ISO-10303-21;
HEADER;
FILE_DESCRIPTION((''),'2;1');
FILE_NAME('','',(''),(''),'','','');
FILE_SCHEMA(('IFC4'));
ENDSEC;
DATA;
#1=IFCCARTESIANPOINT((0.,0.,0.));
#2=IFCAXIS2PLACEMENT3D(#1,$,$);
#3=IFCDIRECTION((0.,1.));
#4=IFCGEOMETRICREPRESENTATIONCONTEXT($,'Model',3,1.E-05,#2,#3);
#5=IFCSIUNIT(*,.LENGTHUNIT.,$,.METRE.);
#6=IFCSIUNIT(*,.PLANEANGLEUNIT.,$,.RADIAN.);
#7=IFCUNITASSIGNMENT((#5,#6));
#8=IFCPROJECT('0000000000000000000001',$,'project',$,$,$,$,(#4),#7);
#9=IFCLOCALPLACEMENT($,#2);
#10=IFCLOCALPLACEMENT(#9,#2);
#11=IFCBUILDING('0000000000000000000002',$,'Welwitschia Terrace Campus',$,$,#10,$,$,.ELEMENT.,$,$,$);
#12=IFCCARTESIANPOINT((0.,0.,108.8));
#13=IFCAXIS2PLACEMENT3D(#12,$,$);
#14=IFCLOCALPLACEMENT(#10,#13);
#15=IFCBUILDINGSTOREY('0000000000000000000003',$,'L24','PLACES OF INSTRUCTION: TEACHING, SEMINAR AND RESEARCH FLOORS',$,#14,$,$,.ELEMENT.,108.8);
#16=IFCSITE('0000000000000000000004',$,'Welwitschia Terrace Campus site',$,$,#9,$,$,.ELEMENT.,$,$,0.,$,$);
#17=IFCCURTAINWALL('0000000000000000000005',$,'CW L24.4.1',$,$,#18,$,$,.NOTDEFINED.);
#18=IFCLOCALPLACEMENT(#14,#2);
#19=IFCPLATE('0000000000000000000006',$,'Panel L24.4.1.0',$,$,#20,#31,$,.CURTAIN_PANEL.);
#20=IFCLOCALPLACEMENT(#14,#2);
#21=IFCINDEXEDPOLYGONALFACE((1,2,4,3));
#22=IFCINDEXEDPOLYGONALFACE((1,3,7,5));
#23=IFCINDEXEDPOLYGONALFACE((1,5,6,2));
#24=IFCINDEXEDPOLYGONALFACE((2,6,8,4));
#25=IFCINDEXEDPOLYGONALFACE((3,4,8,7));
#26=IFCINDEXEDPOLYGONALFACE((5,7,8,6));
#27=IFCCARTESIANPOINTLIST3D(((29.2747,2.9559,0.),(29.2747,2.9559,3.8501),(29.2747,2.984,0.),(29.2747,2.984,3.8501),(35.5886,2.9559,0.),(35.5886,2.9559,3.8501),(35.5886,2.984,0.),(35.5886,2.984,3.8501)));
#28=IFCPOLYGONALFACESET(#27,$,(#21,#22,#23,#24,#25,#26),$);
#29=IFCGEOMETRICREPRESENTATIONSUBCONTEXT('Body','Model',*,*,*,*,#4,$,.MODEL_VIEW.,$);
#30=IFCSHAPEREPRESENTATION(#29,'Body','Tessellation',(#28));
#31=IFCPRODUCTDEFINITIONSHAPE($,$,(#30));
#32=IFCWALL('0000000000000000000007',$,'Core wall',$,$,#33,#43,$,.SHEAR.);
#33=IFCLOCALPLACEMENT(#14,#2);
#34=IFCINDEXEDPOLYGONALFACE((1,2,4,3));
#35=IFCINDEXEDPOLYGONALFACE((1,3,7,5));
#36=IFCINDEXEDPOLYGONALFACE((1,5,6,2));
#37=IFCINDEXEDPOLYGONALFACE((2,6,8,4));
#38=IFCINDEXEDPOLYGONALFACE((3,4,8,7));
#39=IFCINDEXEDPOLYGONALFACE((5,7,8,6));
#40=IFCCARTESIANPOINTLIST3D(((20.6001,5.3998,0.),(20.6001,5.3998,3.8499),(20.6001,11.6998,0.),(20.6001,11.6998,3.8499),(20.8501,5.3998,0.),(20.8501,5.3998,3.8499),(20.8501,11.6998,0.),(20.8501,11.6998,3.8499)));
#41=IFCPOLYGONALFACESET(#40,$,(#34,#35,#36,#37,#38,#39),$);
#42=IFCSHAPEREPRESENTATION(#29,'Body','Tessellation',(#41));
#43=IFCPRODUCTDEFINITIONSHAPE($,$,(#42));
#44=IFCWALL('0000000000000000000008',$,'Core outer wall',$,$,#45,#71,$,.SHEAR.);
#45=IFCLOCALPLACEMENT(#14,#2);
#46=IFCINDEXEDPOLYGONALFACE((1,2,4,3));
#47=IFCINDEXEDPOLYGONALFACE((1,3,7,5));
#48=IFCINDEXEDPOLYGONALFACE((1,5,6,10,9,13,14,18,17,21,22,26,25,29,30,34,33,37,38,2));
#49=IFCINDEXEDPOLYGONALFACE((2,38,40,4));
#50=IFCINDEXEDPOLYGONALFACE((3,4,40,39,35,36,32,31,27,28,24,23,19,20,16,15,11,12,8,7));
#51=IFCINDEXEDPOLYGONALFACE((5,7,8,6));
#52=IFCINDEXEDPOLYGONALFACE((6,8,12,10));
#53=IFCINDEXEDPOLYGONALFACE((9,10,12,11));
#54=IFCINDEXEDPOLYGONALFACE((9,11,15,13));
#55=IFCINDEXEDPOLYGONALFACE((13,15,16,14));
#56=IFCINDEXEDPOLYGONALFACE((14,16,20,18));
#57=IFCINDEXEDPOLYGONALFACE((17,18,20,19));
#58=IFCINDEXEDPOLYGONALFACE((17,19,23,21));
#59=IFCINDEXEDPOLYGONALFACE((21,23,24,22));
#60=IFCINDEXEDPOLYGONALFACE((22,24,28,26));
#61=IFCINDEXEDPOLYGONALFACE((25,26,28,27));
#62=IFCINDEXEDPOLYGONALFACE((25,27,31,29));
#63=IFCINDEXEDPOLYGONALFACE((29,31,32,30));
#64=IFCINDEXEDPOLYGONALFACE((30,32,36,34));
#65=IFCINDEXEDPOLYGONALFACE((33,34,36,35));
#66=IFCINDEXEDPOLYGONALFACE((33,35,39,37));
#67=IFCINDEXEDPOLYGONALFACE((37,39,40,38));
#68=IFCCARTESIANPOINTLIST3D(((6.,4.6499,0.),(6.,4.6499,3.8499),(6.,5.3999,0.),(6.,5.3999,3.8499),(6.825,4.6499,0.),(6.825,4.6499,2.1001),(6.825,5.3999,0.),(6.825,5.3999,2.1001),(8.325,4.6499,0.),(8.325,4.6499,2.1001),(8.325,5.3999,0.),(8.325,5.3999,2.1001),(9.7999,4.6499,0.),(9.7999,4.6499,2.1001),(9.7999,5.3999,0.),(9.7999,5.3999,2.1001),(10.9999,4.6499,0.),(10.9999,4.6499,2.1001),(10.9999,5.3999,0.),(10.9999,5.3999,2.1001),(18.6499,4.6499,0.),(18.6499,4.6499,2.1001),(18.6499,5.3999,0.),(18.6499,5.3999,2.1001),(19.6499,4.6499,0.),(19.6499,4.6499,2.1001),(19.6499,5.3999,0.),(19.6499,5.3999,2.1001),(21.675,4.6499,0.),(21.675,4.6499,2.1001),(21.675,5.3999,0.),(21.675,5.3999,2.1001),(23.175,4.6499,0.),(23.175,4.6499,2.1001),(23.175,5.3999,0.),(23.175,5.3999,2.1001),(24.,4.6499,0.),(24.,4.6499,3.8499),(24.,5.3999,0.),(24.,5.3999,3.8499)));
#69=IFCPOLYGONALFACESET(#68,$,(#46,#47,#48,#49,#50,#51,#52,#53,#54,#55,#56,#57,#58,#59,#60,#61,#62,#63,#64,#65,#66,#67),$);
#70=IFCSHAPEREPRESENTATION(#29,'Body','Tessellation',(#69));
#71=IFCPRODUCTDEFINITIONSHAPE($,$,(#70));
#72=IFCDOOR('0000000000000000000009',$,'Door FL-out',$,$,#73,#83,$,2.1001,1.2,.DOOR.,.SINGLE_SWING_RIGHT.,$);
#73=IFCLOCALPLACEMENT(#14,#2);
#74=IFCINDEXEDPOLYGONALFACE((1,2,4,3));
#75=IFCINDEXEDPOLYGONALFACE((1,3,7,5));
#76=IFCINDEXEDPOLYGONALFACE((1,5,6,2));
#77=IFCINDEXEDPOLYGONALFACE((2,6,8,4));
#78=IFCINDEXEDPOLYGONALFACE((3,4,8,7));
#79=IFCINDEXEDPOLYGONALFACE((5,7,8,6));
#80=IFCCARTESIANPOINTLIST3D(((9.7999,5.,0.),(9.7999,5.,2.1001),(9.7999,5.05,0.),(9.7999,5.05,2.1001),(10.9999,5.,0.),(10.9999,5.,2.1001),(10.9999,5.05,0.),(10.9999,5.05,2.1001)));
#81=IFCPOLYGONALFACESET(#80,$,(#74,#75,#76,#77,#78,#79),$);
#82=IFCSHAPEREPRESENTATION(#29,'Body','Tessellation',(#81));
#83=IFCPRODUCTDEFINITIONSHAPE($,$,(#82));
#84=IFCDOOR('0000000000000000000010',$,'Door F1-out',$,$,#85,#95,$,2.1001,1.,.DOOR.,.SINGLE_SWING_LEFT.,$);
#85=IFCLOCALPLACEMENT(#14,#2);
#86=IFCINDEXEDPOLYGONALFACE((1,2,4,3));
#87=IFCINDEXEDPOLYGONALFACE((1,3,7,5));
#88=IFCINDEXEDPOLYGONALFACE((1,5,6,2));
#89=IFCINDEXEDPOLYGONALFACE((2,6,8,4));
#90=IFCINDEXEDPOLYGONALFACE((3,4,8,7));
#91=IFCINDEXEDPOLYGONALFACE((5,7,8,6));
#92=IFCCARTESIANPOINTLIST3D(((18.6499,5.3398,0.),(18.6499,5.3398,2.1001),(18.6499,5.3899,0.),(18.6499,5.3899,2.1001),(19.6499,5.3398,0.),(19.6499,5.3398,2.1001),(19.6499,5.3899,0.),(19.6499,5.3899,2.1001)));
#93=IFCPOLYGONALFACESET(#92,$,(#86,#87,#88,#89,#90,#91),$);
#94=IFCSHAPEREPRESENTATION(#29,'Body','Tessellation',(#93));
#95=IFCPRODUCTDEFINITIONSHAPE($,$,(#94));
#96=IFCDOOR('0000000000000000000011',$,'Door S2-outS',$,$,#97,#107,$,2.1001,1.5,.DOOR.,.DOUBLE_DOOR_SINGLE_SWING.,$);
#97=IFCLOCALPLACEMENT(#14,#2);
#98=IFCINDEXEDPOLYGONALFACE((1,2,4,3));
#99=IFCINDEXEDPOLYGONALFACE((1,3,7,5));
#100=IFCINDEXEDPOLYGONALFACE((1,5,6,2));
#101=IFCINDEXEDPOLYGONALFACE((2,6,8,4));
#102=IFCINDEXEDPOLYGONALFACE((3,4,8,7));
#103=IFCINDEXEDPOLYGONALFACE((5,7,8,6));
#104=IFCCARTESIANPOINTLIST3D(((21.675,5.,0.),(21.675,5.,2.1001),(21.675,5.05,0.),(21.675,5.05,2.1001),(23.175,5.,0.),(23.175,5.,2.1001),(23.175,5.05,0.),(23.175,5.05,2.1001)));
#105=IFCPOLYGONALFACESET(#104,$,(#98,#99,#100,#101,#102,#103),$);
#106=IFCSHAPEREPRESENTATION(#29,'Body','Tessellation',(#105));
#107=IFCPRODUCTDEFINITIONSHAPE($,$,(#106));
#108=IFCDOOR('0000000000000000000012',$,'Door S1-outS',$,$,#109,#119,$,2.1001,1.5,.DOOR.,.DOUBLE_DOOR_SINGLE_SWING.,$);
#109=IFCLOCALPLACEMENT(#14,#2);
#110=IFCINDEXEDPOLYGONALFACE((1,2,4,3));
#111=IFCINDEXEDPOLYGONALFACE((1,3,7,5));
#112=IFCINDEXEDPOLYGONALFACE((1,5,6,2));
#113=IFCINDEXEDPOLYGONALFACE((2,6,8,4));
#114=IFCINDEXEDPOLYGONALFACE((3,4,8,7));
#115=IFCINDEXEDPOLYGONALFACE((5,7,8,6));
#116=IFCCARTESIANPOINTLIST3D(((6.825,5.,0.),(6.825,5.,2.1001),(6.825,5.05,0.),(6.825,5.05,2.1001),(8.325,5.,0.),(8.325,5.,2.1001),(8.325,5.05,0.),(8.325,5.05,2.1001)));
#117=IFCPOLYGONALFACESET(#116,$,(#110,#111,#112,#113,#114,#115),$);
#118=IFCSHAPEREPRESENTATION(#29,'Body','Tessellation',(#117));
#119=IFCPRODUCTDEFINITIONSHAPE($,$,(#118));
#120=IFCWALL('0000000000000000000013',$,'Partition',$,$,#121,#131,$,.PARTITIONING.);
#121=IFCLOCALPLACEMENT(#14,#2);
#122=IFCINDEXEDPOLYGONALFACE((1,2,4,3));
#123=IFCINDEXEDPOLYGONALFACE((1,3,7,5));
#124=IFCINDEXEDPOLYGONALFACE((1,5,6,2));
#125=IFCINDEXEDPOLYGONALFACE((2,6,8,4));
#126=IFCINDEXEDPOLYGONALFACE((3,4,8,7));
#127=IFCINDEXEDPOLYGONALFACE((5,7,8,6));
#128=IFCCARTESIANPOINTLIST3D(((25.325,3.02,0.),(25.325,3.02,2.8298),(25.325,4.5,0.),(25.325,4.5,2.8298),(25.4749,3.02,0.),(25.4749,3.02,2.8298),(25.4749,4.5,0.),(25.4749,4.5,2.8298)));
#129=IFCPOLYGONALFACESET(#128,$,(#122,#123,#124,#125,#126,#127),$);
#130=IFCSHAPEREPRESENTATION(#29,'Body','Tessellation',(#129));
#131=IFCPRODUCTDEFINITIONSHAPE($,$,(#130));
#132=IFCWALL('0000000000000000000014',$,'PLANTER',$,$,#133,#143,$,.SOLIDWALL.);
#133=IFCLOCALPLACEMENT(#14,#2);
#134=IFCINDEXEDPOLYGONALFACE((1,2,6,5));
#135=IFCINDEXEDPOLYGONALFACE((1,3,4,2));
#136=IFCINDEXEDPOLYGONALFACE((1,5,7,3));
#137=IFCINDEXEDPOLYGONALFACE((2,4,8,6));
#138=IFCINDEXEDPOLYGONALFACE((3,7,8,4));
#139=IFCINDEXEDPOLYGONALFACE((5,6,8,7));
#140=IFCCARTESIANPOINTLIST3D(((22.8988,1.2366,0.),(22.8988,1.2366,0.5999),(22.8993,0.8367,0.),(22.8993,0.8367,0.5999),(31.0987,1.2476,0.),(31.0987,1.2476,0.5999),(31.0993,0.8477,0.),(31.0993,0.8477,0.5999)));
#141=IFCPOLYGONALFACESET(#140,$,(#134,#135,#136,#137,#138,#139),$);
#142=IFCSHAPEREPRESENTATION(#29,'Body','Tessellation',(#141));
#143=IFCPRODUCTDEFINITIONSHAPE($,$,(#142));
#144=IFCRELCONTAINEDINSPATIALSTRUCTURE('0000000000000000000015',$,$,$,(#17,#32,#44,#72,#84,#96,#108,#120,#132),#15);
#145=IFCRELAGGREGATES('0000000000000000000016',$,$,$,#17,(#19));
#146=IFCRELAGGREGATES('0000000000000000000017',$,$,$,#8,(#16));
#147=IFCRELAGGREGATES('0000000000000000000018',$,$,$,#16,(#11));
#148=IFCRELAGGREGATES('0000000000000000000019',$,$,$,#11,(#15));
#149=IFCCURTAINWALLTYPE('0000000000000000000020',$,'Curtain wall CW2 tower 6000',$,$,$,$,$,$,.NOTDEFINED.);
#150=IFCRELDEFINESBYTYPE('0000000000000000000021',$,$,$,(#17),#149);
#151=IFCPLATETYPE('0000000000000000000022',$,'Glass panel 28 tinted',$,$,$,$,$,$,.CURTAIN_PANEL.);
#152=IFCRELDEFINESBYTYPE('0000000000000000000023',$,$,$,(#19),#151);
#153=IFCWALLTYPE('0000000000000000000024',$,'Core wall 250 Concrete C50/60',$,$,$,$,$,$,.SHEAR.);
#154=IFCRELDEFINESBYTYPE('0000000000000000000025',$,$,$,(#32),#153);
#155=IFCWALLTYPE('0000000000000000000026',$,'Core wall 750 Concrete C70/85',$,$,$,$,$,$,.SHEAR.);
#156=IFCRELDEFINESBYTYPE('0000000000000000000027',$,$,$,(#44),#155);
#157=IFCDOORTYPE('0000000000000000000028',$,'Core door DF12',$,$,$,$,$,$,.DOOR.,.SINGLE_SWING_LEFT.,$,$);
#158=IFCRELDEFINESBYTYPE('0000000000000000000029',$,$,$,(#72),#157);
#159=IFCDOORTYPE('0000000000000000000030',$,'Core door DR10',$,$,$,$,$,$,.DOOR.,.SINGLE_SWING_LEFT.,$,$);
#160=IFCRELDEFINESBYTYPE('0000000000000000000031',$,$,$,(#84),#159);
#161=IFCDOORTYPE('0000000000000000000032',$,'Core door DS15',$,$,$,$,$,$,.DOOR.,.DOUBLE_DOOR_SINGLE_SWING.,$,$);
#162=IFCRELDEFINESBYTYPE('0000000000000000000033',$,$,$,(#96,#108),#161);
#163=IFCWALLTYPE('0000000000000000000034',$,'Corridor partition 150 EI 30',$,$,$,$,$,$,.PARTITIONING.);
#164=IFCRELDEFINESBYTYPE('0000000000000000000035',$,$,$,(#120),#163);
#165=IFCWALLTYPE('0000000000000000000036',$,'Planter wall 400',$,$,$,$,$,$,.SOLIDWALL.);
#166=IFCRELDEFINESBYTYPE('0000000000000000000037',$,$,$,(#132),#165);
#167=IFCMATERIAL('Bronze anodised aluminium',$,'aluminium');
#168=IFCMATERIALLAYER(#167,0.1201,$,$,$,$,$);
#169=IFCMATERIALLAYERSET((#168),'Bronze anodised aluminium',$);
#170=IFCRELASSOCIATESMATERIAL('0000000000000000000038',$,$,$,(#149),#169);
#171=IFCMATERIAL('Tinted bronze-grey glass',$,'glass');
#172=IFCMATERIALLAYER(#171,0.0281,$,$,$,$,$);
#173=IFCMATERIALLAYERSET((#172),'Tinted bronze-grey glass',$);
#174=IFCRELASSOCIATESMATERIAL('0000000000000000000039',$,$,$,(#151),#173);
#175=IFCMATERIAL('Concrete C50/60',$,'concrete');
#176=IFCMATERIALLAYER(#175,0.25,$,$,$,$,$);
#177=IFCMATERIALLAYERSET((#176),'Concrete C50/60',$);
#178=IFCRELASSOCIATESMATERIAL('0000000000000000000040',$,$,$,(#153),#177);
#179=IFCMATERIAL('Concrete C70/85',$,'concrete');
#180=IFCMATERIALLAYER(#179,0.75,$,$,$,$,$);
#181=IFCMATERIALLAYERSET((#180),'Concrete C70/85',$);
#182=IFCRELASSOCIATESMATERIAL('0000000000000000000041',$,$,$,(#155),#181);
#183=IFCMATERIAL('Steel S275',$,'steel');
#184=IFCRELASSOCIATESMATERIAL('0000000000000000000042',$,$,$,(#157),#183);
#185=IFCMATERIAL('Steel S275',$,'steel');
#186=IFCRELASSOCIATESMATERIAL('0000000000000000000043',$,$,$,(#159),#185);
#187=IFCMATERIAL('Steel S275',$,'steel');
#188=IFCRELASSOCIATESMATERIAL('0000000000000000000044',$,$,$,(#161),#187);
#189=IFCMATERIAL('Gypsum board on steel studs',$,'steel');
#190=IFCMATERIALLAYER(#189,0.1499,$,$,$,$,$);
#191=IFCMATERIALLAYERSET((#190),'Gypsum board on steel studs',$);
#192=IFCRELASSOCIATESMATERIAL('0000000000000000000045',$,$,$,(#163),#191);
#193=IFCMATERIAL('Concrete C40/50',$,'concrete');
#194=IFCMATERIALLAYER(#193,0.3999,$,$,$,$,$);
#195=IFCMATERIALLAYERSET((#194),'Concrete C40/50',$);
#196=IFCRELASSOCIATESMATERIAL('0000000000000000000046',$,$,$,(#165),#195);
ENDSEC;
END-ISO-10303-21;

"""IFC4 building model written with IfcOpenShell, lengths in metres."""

from ifc_helpers import new_model, si_unit, direction, frame, frame_2d, origin, origin_2d, place, context, subcontext, project, spatial, rectangle, extrude, material, layer, layer_set, type_object, element, fill, aggregate, save


model = new_model("IFC4")

# Units and contexts
model_context = context("Model", 3, precision=1e-05, world=origin(), true_north=direction((0.0, 1.0)))
body_context = subcontext(model_context, "Body", "Model", "MODEL_VIEW")
ifc_project = project(units=[si_unit("LENGTHUNIT", "METRE"), si_unit("PLANEANGLEUNIT", "RADIAN")], contexts=[model_context])

# Site, building, storey
site_placement = place(None, origin())
site = spatial("IfcSite", under=ifc_project, at=site_placement, Name="Welwitschia Terrace Campus site", CompositionType="ELEMENT", RefElevation=0.0)
building_placement = place(site_placement, origin())
building = spatial("IfcBuilding", under=site, at=building_placement, Name="Welwitschia Terrace Campus", CompositionType="ELEMENT")
storey_placement = place(building_placement, frame((0.0, 0.0, 108.8)))
storey = spatial("IfcBuildingStorey", under=building, at=storey_placement, Name="L24", Description="PLACES OF INSTRUCTION: TEACHING, SEMINAR AND RESEARCH FLOORS", CompositionType="ELEMENT", Elevation=108.8)

# Shared definitions
ifc_material_1 = material(Name="Bronze anodised aluminium", Category="aluminium")
ifc_layer_1 = layer(ifc_material_1, 0.1201)
ifc_layer_set_1 = layer_set([ifc_layer_1], Name="Bronze anodised aluminium")
curtain_wall_type = type_object("IfcCurtainWallType", Name="Curtain wall CW2 tower 6000", PredefinedType="NOTDEFINED", material=ifc_layer_set_1)

# Curtain wall
curtain_wall_1_placement = place(storey_placement, origin())
curtain_wall_1 = element("IfcCurtainWall", 1, at=curtain_wall_1_placement, inside=storey, type_object=curtain_wall_type, Name="CW L24.4.1", PredefinedType="NOTDEFINED")

# Plate
ifc_material_2 = material(Name="Tinted bronze-grey glass", Category="glass")
ifc_layer_2 = layer(ifc_material_2, 0.0281)
ifc_layer_set_2 = layer_set([ifc_layer_2], Name="Tinted bronze-grey glass")
plate_type = type_object("IfcPlateType", Name="Glass panel 28 tinted", PredefinedType="CURTAIN_PANEL", material=ifc_layer_set_2)
plate_1_placement = place(storey_placement, frame((32.4316, 2.97, 0.0), z_axis=(0.0, 0.0, 1.0), x_axis=(1.0, 0.0, 0.0)))
plate_1 = element("IfcPlate", 2, at=plate_1_placement, type_object=plate_type, Name="Panel L24.4.1.0", PredefinedType="CURTAIN_PANEL", context=body_context, shape_type="SweptSolid", body=[
    extrude(rectangle(XDim=6.314, YDim=0.0281, at=origin_2d()), origin(), (0.0, 0.0, 1.0), 3.8501),
])
aggregate(curtain_wall_1, [plate_1])

# Wall
ifc_material_3 = material(Name="Concrete C50/60", Category="concrete")
ifc_layer_3 = layer(ifc_material_3, 0.25)
ifc_layer_set_3 = layer_set([ifc_layer_3], Name="Concrete C50/60")
wall_type_1 = type_object("IfcWallType", Name="Core wall 250 Concrete C50/60", PredefinedType="SHEAR", material=ifc_layer_set_3)
wall_1_placement = place(storey_placement, frame((20.7251, 5.3999, 0.0), z_axis=(0.0, 0.0, 1.0), x_axis=(0.0, 1.0, 0.0)))
element("IfcWall", 3, at=wall_1_placement, inside=storey, type_object=wall_type_1, Name="Core wall", PredefinedType="SHEAR", context=body_context, shape_type="SweptSolid", body=[
    extrude(rectangle(XDim=6.3, YDim=0.25, at=frame_2d((3.1499, 0.0))), origin(), (0.0, 0.0, 1.0), 3.8499),
])

# Wall, openings, doors
ifc_material_4 = material(Name="Concrete C70/85", Category="concrete")
ifc_layer_4 = layer(ifc_material_4, 0.75)
ifc_layer_set_4 = layer_set([ifc_layer_4], Name="Concrete C70/85")
wall_type_2 = type_object("IfcWallType", Name="Core wall 750 Concrete C70/85", PredefinedType="SHEAR", material=ifc_layer_set_4)
wall_2_placement = place(storey_placement, frame((24.0, 5.0249, 0.0), z_axis=(0.0, 0.0, 1.0), x_axis=(-1.0, 0.0, 0.0)))
wall_2 = element("IfcWall", 4, at=wall_2_placement, inside=storey, type_object=wall_type_2, Name="Core outer wall", PredefinedType="SHEAR", context=body_context, shape_type="SweptSolid", body=[
    extrude(rectangle(XDim=18.0, YDim=0.75, at=frame_2d((9.0, 0.0))), origin(), (0.0, 0.0, 1.0), 3.8499),
])
opening_1_placement = place(wall_2_placement, frame((0.825, 0.0, 0.0)))
opening_1 = element("IfcOpeningElement", 5, at=opening_1_placement, cuts=wall_2, PredefinedType="OPENING", context=body_context, shape_type="SweptSolid", body=[
    extrude(rectangle(XDim=1.5, YDim=2.1001, at=frame_2d((0.75, 1.05))), frame((0.0, 0.385, 0.0), z_axis=(0.0, -1.0, 0.0), x_axis=(1.0, 0.0, 0.0)), (0.0, 0.0, 1.0), 0.77),
])
opening_2_placement = place(wall_2_placement, frame((15.675, 0.0, 0.0)))
opening_2 = element("IfcOpeningElement", 6, at=opening_2_placement, cuts=wall_2, PredefinedType="OPENING", context=body_context, shape_type="SweptSolid", body=[
    extrude(rectangle(XDim=1.5, YDim=2.1001, at=frame_2d((0.75, 1.05))), frame((0.0, 0.385, 0.0), z_axis=(0.0, -1.0, 0.0), x_axis=(1.0, 0.0, 0.0)), (0.0, 0.0, 1.0), 0.77),
])
opening_3_placement = place(wall_2_placement, frame((13.0, 0.0, 0.0)))
opening_3 = element("IfcOpeningElement", 7, at=opening_3_placement, cuts=wall_2, PredefinedType="OPENING", context=body_context, shape_type="SweptSolid", body=[
    extrude(rectangle(XDim=1.2, YDim=2.1001, at=frame_2d((0.6001, 1.05))), frame((0.0, 0.385, 0.0), z_axis=(0.0, -1.0, 0.0), x_axis=(1.0, 0.0, 0.0)), (0.0, 0.0, 1.0), 0.77),
])
opening_4_placement = place(wall_2_placement, frame((4.3501, 0.0, 0.0)))
opening_4 = element("IfcOpeningElement", 8, at=opening_4_placement, cuts=wall_2, PredefinedType="OPENING", context=body_context, shape_type="SweptSolid", body=[
    extrude(rectangle(XDim=1.0, YDim=2.1001, at=frame_2d((0.5, 1.05))), frame((0.0, 0.385, 0.0), z_axis=(0.0, -1.0, 0.0), x_axis=(1.0, 0.0, 0.0)), (0.0, 0.0, 1.0), 0.77),
])
ifc_material_5 = material(Name="Steel S275", Category="steel")
door_type_1 = type_object("IfcDoorType", Name="Core door DF12", OperationType="SINGLE_SWING_LEFT", PredefinedType="DOOR", material=ifc_material_5)
door_1_placement = place(opening_3_placement, origin())
door_1 = element("IfcDoor", 9, at=door_1_placement, inside=storey, type_object=door_type_1, Name="Door FL-out", OperationType="SINGLE_SWING_RIGHT", OverallHeight=2.1001, OverallWidth=1.2, PredefinedType="DOOR", context=body_context, shape_type="SweptSolid", body=[
    extrude(rectangle(XDim=1.2, YDim=2.1001, at=frame_2d((0.6001, 1.05))), frame((0.0, 0.0249, 0.0), z_axis=(0.0, -1.0, 0.0), x_axis=(1.0, 0.0, 0.0)), (0.0, 0.0, 1.0), 0.05),
])
fill(opening_3, door_1)
ifc_material_6 = material(Name="Steel S275", Category="steel")
door_type_2 = type_object("IfcDoorType", Name="Core door DR10", OperationType="SINGLE_SWING_LEFT", PredefinedType="DOOR", material=ifc_material_6)
door_2_placement = place(opening_4_placement, origin())
door_2 = element("IfcDoor", 10, at=door_2_placement, inside=storey, type_object=door_type_2, Name="Door F1-out", OperationType="SINGLE_SWING_LEFT", OverallHeight=2.1001, OverallWidth=1.0, PredefinedType="DOOR", context=body_context, shape_type="SweptSolid", body=[
    extrude(rectangle(XDim=1.0, YDim=2.1001, at=frame_2d((0.5, 1.05))), frame((0.0, -0.3149, 0.0), z_axis=(0.0, -1.0, 0.0), x_axis=(1.0, 0.0, 0.0)), (0.0, 0.0, 1.0), 0.05),
])
fill(opening_4, door_2)
ifc_material_7 = material(Name="Steel S275", Category="steel")
door_type_3 = type_object("IfcDoorType", Name="Core door DS15", OperationType="DOUBLE_DOOR_SINGLE_SWING", PredefinedType="DOOR", material=ifc_material_7)
door_3_placement = place(opening_1_placement, origin())
door_3 = element("IfcDoor", 11, at=door_3_placement, inside=storey, type_object=door_type_3, Name="Door S2-outS", OperationType="DOUBLE_DOOR_SINGLE_SWING", OverallHeight=2.1001, OverallWidth=1.5, PredefinedType="DOOR", context=body_context, shape_type="SweptSolid", body=[
    extrude(rectangle(XDim=1.5, YDim=2.1001, at=frame_2d((0.75, 1.05))), frame((0.0, 0.0249, 0.0), z_axis=(0.0, -1.0, 0.0), x_axis=(1.0, 0.0, 0.0)), (0.0, 0.0, 1.0), 0.05),
])
fill(opening_1, door_3)
door_4_placement = place(opening_2_placement, origin())
door_4 = element("IfcDoor", 12, at=door_4_placement, inside=storey, type_object=door_type_3, Name="Door S1-outS", OperationType="DOUBLE_DOOR_SINGLE_SWING", OverallHeight=2.1001, OverallWidth=1.5, PredefinedType="DOOR", context=body_context, shape_type="SweptSolid", body=[
    extrude(rectangle(XDim=1.5, YDim=2.1001, at=frame_2d((0.75, 1.05))), frame((0.0, 0.0249, 0.0), z_axis=(0.0, -1.0, 0.0), x_axis=(1.0, 0.0, 0.0)), (0.0, 0.0, 1.0), 0.05),
])
fill(opening_2, door_4)

# Walls
ifc_material_8 = material(Name="Gypsum board on steel studs", Category="steel")
ifc_layer_5 = layer(ifc_material_8, 0.1499)
ifc_layer_set_5 = layer_set([ifc_layer_5], Name="Gypsum board on steel studs")
wall_type_3 = type_object("IfcWallType", Name="Corridor partition 150 EI 30", PredefinedType="PARTITIONING", material=ifc_layer_set_5)
wall_3_placement = place(storey_placement, frame((25.3999, 3.02, 0.0), z_axis=(0.0, 0.0, 1.0), x_axis=(0.0, 1.0, 0.0)))
element("IfcWall", 13, at=wall_3_placement, inside=storey, type_object=wall_type_3, Name="Partition", PredefinedType="PARTITIONING", context=body_context, shape_type="SweptSolid", body=[
    extrude(rectangle(XDim=1.48, YDim=0.1499, at=frame_2d((0.74, 0.0))), origin(), (0.0, 0.0, 1.0), 2.8298),
])
ifc_material_9 = material(Name="Concrete C40/50", Category="concrete")
ifc_layer_6 = layer(ifc_material_9, 0.3999)
ifc_layer_set_6 = layer_set([ifc_layer_6], Name="Concrete C40/50")
wall_type_4 = type_object("IfcWallType", Name="Planter wall 400", PredefinedType="SOLIDWALL", material=ifc_layer_set_6)
wall_4_placement = place(storey_placement, frame((31.0991, 1.0476, 0.0), z_axis=(0.0, 0.0, 1.0), x_axis=(-0.999999, -0.00134, 0.0)))
element("IfcWall", 14, at=wall_4_placement, inside=storey, type_object=wall_type_4, Name="PLANTER", PredefinedType="SOLIDWALL", context=body_context, shape_type="SweptSolid", body=[
    extrude(rectangle(XDim=8.2, YDim=0.3999, at=frame_2d((4.1001, 0.0))), origin(), (0.0, 0.0, 1.0), 0.5999),
])

save(model, "model.ifc")
